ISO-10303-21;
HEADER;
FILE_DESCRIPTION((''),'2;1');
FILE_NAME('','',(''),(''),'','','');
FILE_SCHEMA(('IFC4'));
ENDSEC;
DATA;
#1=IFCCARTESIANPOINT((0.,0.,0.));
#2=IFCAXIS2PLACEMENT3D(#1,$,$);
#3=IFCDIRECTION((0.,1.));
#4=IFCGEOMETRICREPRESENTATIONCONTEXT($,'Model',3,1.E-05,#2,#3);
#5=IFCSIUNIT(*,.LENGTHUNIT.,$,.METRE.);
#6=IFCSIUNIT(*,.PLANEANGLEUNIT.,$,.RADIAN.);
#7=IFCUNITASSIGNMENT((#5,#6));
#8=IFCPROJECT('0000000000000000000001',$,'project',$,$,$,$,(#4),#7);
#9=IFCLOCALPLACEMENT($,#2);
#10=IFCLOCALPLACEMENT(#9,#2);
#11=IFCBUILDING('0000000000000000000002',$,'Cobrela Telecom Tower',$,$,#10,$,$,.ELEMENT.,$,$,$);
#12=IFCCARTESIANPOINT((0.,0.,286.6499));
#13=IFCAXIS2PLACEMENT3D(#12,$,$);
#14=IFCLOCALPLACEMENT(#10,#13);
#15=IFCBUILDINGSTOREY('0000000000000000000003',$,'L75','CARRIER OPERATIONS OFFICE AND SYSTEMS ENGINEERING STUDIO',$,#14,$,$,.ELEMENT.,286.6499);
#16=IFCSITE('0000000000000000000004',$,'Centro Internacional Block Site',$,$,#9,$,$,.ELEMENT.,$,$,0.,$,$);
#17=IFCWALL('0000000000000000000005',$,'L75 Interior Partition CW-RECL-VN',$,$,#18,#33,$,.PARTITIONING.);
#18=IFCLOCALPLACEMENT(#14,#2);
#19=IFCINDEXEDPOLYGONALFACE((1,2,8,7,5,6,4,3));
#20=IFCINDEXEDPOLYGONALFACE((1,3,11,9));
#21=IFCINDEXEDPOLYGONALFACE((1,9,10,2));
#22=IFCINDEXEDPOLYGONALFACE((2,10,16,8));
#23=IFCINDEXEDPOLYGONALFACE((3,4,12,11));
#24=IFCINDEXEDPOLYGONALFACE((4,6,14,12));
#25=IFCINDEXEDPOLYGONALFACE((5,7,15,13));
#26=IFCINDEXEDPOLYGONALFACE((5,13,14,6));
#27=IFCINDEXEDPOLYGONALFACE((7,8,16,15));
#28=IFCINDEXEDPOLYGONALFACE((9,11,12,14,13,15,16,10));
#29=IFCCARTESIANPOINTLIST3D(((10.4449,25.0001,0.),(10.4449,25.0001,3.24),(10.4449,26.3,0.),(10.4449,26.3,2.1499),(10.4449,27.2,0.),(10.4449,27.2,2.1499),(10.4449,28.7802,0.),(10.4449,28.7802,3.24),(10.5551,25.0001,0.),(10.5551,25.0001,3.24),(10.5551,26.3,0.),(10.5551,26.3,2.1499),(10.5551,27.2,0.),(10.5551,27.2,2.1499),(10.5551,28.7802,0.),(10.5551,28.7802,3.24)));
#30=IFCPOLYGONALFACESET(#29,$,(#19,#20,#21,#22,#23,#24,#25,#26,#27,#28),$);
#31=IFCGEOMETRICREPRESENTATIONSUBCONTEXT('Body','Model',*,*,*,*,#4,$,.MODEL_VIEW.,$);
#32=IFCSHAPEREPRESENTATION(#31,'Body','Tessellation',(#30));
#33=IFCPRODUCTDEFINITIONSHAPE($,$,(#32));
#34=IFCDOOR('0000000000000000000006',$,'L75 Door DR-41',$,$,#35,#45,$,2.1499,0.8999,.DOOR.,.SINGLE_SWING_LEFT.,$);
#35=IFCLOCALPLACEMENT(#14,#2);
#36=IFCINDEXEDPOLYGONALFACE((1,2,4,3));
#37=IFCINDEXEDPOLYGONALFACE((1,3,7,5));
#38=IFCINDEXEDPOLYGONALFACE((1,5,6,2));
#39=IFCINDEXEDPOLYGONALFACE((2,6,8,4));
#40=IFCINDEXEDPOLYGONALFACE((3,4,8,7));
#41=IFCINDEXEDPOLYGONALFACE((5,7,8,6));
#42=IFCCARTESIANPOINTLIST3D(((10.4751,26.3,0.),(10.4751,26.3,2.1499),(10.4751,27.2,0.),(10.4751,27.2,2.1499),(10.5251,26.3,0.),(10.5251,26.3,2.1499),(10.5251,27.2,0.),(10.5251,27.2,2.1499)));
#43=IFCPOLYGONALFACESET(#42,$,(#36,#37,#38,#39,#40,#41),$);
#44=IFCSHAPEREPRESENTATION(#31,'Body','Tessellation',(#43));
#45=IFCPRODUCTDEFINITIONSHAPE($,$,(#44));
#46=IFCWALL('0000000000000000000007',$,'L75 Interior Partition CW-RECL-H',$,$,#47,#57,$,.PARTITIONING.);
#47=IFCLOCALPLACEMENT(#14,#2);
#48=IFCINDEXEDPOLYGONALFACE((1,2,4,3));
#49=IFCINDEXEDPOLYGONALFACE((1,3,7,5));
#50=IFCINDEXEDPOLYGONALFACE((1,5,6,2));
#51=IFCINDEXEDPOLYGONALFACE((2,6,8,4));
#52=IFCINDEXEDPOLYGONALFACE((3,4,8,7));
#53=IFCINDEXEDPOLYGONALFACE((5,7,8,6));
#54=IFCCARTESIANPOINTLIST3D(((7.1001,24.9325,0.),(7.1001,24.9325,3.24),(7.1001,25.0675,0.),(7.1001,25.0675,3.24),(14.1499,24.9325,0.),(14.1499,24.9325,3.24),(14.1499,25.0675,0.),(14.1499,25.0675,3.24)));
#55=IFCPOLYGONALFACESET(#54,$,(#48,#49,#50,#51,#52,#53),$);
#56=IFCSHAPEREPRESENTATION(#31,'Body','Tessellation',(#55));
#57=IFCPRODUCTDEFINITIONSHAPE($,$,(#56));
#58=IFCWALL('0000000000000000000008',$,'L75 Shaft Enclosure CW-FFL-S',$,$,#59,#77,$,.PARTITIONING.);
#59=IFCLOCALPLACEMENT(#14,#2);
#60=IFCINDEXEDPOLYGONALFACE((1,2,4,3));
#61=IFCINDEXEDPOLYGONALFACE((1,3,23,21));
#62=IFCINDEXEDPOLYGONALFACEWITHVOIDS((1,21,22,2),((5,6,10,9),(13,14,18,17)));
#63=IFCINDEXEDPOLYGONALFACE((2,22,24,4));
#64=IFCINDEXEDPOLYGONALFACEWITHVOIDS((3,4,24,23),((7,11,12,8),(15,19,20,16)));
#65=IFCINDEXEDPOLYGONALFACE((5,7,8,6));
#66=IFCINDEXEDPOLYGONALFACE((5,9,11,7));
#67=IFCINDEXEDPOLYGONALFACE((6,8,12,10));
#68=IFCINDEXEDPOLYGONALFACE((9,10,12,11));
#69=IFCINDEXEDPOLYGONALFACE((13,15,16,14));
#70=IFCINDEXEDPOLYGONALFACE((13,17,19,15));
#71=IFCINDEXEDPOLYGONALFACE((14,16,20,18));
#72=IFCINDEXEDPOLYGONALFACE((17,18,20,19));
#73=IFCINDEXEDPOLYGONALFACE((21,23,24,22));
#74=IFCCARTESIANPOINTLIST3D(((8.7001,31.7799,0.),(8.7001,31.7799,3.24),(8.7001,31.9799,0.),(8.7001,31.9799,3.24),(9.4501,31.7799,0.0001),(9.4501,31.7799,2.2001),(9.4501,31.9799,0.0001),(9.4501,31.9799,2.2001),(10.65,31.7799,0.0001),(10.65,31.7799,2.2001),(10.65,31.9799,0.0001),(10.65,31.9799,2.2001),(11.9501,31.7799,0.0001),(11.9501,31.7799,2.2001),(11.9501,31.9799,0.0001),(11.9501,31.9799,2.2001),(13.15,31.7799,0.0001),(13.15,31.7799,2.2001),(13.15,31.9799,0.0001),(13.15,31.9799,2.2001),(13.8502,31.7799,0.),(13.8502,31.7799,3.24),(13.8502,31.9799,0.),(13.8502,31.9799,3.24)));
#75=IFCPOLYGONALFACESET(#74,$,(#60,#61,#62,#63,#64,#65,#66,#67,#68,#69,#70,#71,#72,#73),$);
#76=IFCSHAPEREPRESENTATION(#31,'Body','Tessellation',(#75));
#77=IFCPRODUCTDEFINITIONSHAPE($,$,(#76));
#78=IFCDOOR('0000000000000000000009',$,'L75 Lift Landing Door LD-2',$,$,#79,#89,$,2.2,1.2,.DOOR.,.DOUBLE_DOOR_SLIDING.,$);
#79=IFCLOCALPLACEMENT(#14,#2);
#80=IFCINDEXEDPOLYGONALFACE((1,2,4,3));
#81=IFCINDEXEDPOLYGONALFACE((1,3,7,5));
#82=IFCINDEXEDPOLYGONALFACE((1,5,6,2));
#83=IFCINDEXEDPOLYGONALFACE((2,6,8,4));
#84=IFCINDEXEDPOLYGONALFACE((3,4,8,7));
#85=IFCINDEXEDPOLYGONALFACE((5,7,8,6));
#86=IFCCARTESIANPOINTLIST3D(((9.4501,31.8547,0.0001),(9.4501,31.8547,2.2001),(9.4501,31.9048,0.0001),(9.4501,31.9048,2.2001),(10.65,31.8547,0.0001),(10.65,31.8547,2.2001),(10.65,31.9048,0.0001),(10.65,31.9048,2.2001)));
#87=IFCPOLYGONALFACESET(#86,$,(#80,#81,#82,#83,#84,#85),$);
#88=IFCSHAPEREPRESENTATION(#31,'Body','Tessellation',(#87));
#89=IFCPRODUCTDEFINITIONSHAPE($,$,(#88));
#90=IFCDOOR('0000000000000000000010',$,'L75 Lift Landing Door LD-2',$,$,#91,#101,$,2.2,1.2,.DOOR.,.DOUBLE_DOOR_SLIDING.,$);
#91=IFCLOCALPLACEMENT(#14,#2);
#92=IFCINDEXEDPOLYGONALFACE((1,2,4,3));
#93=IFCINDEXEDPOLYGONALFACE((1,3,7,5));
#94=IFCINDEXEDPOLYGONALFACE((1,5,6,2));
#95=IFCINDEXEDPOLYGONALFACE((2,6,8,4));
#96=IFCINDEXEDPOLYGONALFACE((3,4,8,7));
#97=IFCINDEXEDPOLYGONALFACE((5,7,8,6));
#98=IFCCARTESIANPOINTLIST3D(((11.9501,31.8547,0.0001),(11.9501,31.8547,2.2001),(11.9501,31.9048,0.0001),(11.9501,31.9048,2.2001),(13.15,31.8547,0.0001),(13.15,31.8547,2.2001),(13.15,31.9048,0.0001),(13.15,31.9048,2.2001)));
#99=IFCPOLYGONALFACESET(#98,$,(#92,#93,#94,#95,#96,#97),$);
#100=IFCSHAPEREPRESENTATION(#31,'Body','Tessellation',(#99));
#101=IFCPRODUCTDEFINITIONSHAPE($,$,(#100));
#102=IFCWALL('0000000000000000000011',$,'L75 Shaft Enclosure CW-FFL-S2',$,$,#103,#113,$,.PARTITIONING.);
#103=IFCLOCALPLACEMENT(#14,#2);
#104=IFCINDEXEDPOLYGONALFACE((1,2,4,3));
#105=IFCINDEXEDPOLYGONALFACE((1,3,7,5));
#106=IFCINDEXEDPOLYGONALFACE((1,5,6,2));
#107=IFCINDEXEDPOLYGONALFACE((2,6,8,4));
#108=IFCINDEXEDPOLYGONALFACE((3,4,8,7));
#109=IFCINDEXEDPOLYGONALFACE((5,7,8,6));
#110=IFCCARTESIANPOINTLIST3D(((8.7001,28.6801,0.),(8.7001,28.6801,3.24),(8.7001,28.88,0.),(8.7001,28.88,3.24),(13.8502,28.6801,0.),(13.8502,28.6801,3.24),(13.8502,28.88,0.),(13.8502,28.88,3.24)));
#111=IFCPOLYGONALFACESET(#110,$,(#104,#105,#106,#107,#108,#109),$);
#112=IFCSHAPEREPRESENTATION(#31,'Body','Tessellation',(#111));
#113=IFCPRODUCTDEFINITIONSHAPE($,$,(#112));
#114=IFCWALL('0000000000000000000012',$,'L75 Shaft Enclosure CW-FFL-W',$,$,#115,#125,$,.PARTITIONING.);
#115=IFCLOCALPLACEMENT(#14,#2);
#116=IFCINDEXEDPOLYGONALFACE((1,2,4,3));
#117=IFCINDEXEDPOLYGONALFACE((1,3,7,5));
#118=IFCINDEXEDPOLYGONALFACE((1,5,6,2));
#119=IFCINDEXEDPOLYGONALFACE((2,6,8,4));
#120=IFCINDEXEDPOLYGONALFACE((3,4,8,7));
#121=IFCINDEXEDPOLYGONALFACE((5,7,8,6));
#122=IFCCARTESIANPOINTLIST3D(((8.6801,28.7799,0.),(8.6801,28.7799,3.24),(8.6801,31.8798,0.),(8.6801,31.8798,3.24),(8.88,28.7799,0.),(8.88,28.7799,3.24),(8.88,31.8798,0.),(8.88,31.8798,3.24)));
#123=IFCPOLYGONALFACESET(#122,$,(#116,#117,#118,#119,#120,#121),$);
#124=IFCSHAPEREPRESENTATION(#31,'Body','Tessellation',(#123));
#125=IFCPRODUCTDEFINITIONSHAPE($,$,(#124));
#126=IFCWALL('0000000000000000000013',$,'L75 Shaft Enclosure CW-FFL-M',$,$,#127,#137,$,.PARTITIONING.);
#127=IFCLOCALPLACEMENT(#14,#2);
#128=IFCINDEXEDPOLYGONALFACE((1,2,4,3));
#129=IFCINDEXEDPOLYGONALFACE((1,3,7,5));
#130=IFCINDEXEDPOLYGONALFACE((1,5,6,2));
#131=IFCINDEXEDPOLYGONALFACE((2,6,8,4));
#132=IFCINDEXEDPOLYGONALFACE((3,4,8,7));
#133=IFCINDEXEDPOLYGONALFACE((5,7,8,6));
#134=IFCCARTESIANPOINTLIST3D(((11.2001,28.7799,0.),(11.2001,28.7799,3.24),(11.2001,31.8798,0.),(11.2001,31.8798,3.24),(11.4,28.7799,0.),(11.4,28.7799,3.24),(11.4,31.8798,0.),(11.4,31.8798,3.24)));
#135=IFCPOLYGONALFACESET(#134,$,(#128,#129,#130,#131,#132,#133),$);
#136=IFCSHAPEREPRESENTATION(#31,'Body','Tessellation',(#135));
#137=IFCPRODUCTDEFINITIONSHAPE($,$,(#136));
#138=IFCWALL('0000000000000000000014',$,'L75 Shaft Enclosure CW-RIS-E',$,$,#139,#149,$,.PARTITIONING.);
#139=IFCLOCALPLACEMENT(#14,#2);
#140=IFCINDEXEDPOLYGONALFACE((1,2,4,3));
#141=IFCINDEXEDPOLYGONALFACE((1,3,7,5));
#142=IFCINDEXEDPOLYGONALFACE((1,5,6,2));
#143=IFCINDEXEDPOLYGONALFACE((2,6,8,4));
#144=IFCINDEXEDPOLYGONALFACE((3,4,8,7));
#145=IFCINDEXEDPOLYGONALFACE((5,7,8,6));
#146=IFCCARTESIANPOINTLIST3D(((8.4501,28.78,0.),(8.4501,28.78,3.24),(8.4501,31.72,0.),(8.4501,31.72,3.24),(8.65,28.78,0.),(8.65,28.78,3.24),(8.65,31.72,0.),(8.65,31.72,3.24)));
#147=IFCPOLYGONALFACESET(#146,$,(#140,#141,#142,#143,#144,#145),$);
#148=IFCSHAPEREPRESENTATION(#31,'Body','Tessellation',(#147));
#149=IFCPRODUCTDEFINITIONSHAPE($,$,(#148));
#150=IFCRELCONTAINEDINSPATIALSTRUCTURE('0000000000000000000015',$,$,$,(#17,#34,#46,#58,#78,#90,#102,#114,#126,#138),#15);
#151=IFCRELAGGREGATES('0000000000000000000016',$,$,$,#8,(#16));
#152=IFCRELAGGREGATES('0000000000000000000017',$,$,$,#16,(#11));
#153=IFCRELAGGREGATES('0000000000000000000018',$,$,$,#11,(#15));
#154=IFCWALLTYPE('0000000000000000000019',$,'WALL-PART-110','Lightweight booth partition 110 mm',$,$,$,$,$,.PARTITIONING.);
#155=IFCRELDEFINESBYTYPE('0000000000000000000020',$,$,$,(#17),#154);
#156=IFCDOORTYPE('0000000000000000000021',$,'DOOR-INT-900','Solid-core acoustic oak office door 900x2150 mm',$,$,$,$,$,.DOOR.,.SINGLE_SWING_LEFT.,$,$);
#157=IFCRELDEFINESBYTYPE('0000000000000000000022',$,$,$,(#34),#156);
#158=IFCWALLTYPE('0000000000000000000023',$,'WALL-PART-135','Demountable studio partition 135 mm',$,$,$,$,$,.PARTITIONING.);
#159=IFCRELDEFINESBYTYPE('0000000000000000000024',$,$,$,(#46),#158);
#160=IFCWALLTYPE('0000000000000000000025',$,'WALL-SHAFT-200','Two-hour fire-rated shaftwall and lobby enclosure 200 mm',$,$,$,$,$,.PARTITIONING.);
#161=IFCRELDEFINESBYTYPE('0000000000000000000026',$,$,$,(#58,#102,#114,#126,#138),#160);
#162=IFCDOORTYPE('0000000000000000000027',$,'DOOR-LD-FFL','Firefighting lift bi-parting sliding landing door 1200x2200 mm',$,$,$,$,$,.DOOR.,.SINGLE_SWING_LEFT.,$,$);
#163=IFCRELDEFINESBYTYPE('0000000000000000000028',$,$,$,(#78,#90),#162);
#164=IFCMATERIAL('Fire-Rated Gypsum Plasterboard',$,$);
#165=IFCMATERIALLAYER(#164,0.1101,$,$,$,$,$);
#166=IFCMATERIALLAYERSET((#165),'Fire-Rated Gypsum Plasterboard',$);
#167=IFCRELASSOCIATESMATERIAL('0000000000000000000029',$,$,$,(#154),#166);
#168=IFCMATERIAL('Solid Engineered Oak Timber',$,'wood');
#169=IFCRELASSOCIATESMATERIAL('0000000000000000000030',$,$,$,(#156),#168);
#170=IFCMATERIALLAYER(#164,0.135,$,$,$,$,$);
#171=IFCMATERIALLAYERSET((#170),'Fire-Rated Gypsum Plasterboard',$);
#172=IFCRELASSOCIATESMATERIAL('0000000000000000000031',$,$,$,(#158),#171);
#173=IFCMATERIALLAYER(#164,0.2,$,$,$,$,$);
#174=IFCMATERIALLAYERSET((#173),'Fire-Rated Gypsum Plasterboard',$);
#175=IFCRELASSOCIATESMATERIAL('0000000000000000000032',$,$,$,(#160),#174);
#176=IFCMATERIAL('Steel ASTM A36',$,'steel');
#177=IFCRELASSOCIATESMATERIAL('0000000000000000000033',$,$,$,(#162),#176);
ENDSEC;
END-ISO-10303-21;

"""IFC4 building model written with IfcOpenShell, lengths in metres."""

from ifc_helpers import new_model, si_unit, direction, frame, frame_2d, origin, place, context, subcontext, project, spatial, rectangle, extrude, material, layer, layer_set, type_object, element, fill, save


model = new_model("IFC4")

# Units and contexts
model_context = context("Model", 3, precision=1e-05, world=origin(), true_north=direction((0.0, 1.0)))
body_context = subcontext(model_context, "Body", "Model", "MODEL_VIEW")
ifc_project = project(units=[si_unit("LENGTHUNIT", "METRE"), si_unit("PLANEANGLEUNIT", "RADIAN")], contexts=[model_context])

# Site, building, storey
site_placement = place(None, origin())
site = spatial("IfcSite", under=ifc_project, at=site_placement, Name="Centro Internacional Block Site", CompositionType="ELEMENT", RefElevation=0.0)
building_placement = place(site_placement, origin())
building = spatial("IfcBuilding", under=site, at=building_placement, Name="Cobrela Telecom Tower", CompositionType="ELEMENT")
storey_placement = place(building_placement, frame((0.0, 0.0, 286.6499)))
storey = spatial("IfcBuildingStorey", under=building, at=storey_placement, Name="L75", Description="CARRIER OPERATIONS OFFICE AND SYSTEMS ENGINEERING STUDIO", CompositionType="ELEMENT", Elevation=286.6499)

# Shared definitions
ifc_material_1 = material(Name="Steel ASTM A36", Category="steel")

# Wall, opening, door
ifc_material_2 = material(Name="Fire-Rated Gypsum Plasterboard")
ifc_layer_1 = layer(ifc_material_2, 0.1101)
ifc_layer_set_1 = layer_set([ifc_layer_1], Name="Fire-Rated Gypsum Plasterboard")
wall_type_1 = type_object("IfcWallType", Name="WALL-PART-110", Description="Lightweight booth partition 110 mm", PredefinedType="PARTITIONING", material=ifc_layer_set_1)
wall_1_placement = place(storey_placement, frame((10.5, 25.0, 0.0), z_axis=(0.0, 0.0, 1.0), x_axis=(0.0, 1.0, 0.0)))
wall_1 = element("IfcWall", 1, at=wall_1_placement, inside=storey, type_object=wall_type_1, Name="L75 Interior Partition CW-RECL-VN", PredefinedType="PARTITIONING", context=body_context, shape_type="SweptSolid", body=[
    extrude(rectangle(XDim=3.78, YDim=0.1101, at=frame_2d((1.8901, 0.0))), origin(), (0.0, 0.0, 1.0), 3.24),
])
opening_1_placement = place(wall_1_placement, frame((1.3, 0.0, 0.0)))
opening_1 = element("IfcOpeningElement", 2, at=opening_1_placement, cuts=wall_1, PredefinedType="OPENING", context=body_context, shape_type="SweptSolid", body=[
    extrude(rectangle(XDim=0.8999, YDim=2.1499, at=frame_2d((0.45, 1.075))), frame((0.0, 0.0669, 0.0), z_axis=(0.0, -1.0, 0.0), x_axis=(1.0, 0.0, 0.0)), (0.0, 0.0, 1.0), 0.134),
])
ifc_material_3 = material(Name="Solid Engineered Oak Timber", Category="wood")
door_type_1 = type_object("IfcDoorType", Name="DOOR-INT-900", Description="Solid-core acoustic oak office door 900x2150 mm", OperationType="SINGLE_SWING_LEFT", PredefinedType="DOOR", material=ifc_material_3)
door_1_placement = place(opening_1_placement, origin())
door_1 = element("IfcDoor", 3, at=door_1_placement, inside=storey, type_object=door_type_1, Name="L75 Door DR-41", OperationType="SINGLE_SWING_LEFT", OverallHeight=2.1499, OverallWidth=0.8999, PredefinedType="DOOR", context=body_context, shape_type="SweptSolid", body=[
    extrude(rectangle(XDim=0.8999, YDim=2.1499, at=frame_2d((0.45, 1.075))), frame((0.0, 0.0249, 0.0), z_axis=(0.0, -1.0, 0.0), x_axis=(1.0, 0.0, 0.0)), (0.0, 0.0, 1.0), 0.05),
])
fill(opening_1, door_1)

# Wall
ifc_layer_2 = layer(ifc_material_2, 0.135)
ifc_layer_set_2 = layer_set([ifc_layer_2], Name="Fire-Rated Gypsum Plasterboard")
wall_type_2 = type_object("IfcWallType", Name="WALL-PART-135", Description="Demountable studio partition 135 mm", PredefinedType="PARTITIONING", material=ifc_layer_set_2)
wall_2_placement = place(storey_placement, frame((7.1001, 25.0, 0.0), z_axis=(0.0, 0.0, 1.0), x_axis=(1.0, 0.0, 0.0)))
element("IfcWall", 4, at=wall_2_placement, inside=storey, type_object=wall_type_2, Name="L75 Interior Partition CW-RECL-H", PredefinedType="PARTITIONING", context=body_context, shape_type="SweptSolid", body=[
    extrude(rectangle(XDim=7.0498, YDim=0.135, at=frame_2d((3.5249, 0.0))), origin(), (0.0, 0.0, 1.0), 3.24),
])

# Wall, openings, doors
ifc_layer_3 = layer(ifc_material_2, 0.2)
ifc_layer_set_3 = layer_set([ifc_layer_3], Name="Fire-Rated Gypsum Plasterboard")
wall_type_3 = type_object("IfcWallType", Name="WALL-SHAFT-200", Description="Two-hour fire-rated shaftwall and lobby enclosure 200 mm", PredefinedType="PARTITIONING", material=ifc_layer_set_3)
wall_3_placement = place(storey_placement, frame((8.7, 31.8799, 0.0), z_axis=(0.0, 0.0, 1.0), x_axis=(1.0, 0.0, 0.0)))
wall_3 = element("IfcWall", 5, at=wall_3_placement, inside=storey, type_object=wall_type_3, Name="L75 Shaft Enclosure CW-FFL-S", PredefinedType="PARTITIONING", context=body_context, shape_type="SweptSolid", body=[
    extrude(rectangle(XDim=5.1501, YDim=0.2, at=frame_2d((2.5752, 0.0))), origin(), (0.0, 0.0, 1.0), 3.24),
])
opening_2_placement = place(wall_3_placement, frame((0.75, 0.0, 0.0)))
opening_2 = element("IfcOpeningElement", 6, at=opening_2_placement, cuts=wall_3, PredefinedType="OPENING", context=body_context, shape_type="SweptSolid", body=[
    extrude(rectangle(XDim=1.2, YDim=2.2, at=frame_2d((0.6001, 1.1001))), frame((0.0, 0.1118, 0.0), z_axis=(0.0, -1.0, 0.0), x_axis=(1.0, 0.0, 0.0)), (0.0, 0.0, 1.0), 0.2239),
])
opening_3_placement = place(wall_3_placement, frame((3.25, 0.0, 0.0)))
opening_3 = element("IfcOpeningElement", 7, at=opening_3_placement, cuts=wall_3, PredefinedType="OPENING", context=body_context, shape_type="SweptSolid", body=[
    extrude(rectangle(XDim=1.2, YDim=2.2, at=frame_2d((0.6001, 1.1001))), frame((0.0, 0.1118, 0.0), z_axis=(0.0, -1.0, 0.0), x_axis=(1.0, 0.0, 0.0)), (0.0, 0.0, 1.0), 0.2239),
])
door_type_2 = type_object("IfcDoorType", Name="DOOR-LD-FFL", Description="Firefighting lift bi-parting sliding landing door 1200x2200 mm", OperationType="SINGLE_SWING_LEFT", PredefinedType="DOOR", material=ifc_material_1)
door_2_placement = place(opening_2_placement, origin())
door_2 = element("IfcDoor", 8, at=door_2_placement, inside=storey, type_object=door_type_2, Name="L75 Lift Landing Door LD-2", OperationType="DOUBLE_DOOR_SLIDING", OverallHeight=2.2, OverallWidth=1.2, PredefinedType="DOOR", context=body_context, shape_type="SweptSolid", body=[
    extrude(rectangle(XDim=1.2, YDim=2.2, at=frame_2d((0.6001, 1.1001))), frame((0.0, 0.0249, 0.0), z_axis=(0.0, -1.0, 0.0), x_axis=(1.0, 0.0, 0.0)), (0.0, 0.0, 1.0), 0.05),
])
fill(opening_2, door_2)
door_3_placement = place(opening_3_placement, origin())
door_3 = element("IfcDoor", 9, at=door_3_placement, inside=storey, type_object=door_type_2, Name="L75 Lift Landing Door LD-2", OperationType="DOUBLE_DOOR_SLIDING", OverallHeight=2.2, OverallWidth=1.2, PredefinedType="DOOR", context=body_context, shape_type="SweptSolid", body=[
    extrude(rectangle(XDim=1.2, YDim=2.2, at=frame_2d((0.6001, 1.1001))), frame((0.0, 0.0249, 0.0), z_axis=(0.0, -1.0, 0.0), x_axis=(1.0, 0.0, 0.0)), (0.0, 0.0, 1.0), 0.05),
])
fill(opening_3, door_3)

# Walls
wall_4_placement = place(storey_placement, frame((8.7, 28.78, 0.0), z_axis=(0.0, 0.0, 1.0), x_axis=(1.0, 0.0, 0.0)))
element("IfcWall", 10, at=wall_4_placement, inside=storey, type_object=wall_type_3, Name="L75 Shaft Enclosure CW-FFL-S2", PredefinedType="PARTITIONING", context=body_context, shape_type="SweptSolid", body=[
    extrude(rectangle(XDim=5.1501, YDim=0.2, at=frame_2d((2.5752, 0.0))), origin(), (0.0, 0.0, 1.0), 3.24),
])
for number, where, z_axis, x_axis, name in (
    (11, (8.78, 28.78, 0.0), (0.0, 0.0, 1.0), (0.0, 1.0, 0.0), "L75 Shaft Enclosure CW-FFL-W"),
    (12, (11.3, 28.78, 0.0), (0.0, 0.0, 1.0), (0.0, 1.0, 0.0), "L75 Shaft Enclosure CW-FFL-M"),
):
    element("IfcWall", number, at=place(storey_placement, frame(where, z_axis=z_axis, x_axis=x_axis)), inside=storey, type_object=wall_type_3, Name=name, PredefinedType="PARTITIONING", context=body_context, shape_type="SweptSolid", body=[
        extrude(rectangle(XDim=3.0999, YDim=0.2, at=frame_2d((1.5498, 0.0))), origin(), (0.0, 0.0, 1.0), 3.24),
    ])
wall_5_placement = place(storey_placement, frame((8.55, 28.78, 0.0), z_axis=(0.0, 0.0, 1.0), x_axis=(0.0, 1.0, 0.0)))
element("IfcWall", 13, at=wall_5_placement, inside=storey, type_object=wall_type_3, Name="L75 Shaft Enclosure CW-RIS-E", PredefinedType="PARTITIONING", context=body_context, shape_type="SweptSolid", body=[
    extrude(rectangle(XDim=2.9399, YDim=0.2, at=frame_2d((1.47, 0.0))), origin(), (0.0, 0.0, 1.0), 3.24),
])

save(model, "model.ifc")
